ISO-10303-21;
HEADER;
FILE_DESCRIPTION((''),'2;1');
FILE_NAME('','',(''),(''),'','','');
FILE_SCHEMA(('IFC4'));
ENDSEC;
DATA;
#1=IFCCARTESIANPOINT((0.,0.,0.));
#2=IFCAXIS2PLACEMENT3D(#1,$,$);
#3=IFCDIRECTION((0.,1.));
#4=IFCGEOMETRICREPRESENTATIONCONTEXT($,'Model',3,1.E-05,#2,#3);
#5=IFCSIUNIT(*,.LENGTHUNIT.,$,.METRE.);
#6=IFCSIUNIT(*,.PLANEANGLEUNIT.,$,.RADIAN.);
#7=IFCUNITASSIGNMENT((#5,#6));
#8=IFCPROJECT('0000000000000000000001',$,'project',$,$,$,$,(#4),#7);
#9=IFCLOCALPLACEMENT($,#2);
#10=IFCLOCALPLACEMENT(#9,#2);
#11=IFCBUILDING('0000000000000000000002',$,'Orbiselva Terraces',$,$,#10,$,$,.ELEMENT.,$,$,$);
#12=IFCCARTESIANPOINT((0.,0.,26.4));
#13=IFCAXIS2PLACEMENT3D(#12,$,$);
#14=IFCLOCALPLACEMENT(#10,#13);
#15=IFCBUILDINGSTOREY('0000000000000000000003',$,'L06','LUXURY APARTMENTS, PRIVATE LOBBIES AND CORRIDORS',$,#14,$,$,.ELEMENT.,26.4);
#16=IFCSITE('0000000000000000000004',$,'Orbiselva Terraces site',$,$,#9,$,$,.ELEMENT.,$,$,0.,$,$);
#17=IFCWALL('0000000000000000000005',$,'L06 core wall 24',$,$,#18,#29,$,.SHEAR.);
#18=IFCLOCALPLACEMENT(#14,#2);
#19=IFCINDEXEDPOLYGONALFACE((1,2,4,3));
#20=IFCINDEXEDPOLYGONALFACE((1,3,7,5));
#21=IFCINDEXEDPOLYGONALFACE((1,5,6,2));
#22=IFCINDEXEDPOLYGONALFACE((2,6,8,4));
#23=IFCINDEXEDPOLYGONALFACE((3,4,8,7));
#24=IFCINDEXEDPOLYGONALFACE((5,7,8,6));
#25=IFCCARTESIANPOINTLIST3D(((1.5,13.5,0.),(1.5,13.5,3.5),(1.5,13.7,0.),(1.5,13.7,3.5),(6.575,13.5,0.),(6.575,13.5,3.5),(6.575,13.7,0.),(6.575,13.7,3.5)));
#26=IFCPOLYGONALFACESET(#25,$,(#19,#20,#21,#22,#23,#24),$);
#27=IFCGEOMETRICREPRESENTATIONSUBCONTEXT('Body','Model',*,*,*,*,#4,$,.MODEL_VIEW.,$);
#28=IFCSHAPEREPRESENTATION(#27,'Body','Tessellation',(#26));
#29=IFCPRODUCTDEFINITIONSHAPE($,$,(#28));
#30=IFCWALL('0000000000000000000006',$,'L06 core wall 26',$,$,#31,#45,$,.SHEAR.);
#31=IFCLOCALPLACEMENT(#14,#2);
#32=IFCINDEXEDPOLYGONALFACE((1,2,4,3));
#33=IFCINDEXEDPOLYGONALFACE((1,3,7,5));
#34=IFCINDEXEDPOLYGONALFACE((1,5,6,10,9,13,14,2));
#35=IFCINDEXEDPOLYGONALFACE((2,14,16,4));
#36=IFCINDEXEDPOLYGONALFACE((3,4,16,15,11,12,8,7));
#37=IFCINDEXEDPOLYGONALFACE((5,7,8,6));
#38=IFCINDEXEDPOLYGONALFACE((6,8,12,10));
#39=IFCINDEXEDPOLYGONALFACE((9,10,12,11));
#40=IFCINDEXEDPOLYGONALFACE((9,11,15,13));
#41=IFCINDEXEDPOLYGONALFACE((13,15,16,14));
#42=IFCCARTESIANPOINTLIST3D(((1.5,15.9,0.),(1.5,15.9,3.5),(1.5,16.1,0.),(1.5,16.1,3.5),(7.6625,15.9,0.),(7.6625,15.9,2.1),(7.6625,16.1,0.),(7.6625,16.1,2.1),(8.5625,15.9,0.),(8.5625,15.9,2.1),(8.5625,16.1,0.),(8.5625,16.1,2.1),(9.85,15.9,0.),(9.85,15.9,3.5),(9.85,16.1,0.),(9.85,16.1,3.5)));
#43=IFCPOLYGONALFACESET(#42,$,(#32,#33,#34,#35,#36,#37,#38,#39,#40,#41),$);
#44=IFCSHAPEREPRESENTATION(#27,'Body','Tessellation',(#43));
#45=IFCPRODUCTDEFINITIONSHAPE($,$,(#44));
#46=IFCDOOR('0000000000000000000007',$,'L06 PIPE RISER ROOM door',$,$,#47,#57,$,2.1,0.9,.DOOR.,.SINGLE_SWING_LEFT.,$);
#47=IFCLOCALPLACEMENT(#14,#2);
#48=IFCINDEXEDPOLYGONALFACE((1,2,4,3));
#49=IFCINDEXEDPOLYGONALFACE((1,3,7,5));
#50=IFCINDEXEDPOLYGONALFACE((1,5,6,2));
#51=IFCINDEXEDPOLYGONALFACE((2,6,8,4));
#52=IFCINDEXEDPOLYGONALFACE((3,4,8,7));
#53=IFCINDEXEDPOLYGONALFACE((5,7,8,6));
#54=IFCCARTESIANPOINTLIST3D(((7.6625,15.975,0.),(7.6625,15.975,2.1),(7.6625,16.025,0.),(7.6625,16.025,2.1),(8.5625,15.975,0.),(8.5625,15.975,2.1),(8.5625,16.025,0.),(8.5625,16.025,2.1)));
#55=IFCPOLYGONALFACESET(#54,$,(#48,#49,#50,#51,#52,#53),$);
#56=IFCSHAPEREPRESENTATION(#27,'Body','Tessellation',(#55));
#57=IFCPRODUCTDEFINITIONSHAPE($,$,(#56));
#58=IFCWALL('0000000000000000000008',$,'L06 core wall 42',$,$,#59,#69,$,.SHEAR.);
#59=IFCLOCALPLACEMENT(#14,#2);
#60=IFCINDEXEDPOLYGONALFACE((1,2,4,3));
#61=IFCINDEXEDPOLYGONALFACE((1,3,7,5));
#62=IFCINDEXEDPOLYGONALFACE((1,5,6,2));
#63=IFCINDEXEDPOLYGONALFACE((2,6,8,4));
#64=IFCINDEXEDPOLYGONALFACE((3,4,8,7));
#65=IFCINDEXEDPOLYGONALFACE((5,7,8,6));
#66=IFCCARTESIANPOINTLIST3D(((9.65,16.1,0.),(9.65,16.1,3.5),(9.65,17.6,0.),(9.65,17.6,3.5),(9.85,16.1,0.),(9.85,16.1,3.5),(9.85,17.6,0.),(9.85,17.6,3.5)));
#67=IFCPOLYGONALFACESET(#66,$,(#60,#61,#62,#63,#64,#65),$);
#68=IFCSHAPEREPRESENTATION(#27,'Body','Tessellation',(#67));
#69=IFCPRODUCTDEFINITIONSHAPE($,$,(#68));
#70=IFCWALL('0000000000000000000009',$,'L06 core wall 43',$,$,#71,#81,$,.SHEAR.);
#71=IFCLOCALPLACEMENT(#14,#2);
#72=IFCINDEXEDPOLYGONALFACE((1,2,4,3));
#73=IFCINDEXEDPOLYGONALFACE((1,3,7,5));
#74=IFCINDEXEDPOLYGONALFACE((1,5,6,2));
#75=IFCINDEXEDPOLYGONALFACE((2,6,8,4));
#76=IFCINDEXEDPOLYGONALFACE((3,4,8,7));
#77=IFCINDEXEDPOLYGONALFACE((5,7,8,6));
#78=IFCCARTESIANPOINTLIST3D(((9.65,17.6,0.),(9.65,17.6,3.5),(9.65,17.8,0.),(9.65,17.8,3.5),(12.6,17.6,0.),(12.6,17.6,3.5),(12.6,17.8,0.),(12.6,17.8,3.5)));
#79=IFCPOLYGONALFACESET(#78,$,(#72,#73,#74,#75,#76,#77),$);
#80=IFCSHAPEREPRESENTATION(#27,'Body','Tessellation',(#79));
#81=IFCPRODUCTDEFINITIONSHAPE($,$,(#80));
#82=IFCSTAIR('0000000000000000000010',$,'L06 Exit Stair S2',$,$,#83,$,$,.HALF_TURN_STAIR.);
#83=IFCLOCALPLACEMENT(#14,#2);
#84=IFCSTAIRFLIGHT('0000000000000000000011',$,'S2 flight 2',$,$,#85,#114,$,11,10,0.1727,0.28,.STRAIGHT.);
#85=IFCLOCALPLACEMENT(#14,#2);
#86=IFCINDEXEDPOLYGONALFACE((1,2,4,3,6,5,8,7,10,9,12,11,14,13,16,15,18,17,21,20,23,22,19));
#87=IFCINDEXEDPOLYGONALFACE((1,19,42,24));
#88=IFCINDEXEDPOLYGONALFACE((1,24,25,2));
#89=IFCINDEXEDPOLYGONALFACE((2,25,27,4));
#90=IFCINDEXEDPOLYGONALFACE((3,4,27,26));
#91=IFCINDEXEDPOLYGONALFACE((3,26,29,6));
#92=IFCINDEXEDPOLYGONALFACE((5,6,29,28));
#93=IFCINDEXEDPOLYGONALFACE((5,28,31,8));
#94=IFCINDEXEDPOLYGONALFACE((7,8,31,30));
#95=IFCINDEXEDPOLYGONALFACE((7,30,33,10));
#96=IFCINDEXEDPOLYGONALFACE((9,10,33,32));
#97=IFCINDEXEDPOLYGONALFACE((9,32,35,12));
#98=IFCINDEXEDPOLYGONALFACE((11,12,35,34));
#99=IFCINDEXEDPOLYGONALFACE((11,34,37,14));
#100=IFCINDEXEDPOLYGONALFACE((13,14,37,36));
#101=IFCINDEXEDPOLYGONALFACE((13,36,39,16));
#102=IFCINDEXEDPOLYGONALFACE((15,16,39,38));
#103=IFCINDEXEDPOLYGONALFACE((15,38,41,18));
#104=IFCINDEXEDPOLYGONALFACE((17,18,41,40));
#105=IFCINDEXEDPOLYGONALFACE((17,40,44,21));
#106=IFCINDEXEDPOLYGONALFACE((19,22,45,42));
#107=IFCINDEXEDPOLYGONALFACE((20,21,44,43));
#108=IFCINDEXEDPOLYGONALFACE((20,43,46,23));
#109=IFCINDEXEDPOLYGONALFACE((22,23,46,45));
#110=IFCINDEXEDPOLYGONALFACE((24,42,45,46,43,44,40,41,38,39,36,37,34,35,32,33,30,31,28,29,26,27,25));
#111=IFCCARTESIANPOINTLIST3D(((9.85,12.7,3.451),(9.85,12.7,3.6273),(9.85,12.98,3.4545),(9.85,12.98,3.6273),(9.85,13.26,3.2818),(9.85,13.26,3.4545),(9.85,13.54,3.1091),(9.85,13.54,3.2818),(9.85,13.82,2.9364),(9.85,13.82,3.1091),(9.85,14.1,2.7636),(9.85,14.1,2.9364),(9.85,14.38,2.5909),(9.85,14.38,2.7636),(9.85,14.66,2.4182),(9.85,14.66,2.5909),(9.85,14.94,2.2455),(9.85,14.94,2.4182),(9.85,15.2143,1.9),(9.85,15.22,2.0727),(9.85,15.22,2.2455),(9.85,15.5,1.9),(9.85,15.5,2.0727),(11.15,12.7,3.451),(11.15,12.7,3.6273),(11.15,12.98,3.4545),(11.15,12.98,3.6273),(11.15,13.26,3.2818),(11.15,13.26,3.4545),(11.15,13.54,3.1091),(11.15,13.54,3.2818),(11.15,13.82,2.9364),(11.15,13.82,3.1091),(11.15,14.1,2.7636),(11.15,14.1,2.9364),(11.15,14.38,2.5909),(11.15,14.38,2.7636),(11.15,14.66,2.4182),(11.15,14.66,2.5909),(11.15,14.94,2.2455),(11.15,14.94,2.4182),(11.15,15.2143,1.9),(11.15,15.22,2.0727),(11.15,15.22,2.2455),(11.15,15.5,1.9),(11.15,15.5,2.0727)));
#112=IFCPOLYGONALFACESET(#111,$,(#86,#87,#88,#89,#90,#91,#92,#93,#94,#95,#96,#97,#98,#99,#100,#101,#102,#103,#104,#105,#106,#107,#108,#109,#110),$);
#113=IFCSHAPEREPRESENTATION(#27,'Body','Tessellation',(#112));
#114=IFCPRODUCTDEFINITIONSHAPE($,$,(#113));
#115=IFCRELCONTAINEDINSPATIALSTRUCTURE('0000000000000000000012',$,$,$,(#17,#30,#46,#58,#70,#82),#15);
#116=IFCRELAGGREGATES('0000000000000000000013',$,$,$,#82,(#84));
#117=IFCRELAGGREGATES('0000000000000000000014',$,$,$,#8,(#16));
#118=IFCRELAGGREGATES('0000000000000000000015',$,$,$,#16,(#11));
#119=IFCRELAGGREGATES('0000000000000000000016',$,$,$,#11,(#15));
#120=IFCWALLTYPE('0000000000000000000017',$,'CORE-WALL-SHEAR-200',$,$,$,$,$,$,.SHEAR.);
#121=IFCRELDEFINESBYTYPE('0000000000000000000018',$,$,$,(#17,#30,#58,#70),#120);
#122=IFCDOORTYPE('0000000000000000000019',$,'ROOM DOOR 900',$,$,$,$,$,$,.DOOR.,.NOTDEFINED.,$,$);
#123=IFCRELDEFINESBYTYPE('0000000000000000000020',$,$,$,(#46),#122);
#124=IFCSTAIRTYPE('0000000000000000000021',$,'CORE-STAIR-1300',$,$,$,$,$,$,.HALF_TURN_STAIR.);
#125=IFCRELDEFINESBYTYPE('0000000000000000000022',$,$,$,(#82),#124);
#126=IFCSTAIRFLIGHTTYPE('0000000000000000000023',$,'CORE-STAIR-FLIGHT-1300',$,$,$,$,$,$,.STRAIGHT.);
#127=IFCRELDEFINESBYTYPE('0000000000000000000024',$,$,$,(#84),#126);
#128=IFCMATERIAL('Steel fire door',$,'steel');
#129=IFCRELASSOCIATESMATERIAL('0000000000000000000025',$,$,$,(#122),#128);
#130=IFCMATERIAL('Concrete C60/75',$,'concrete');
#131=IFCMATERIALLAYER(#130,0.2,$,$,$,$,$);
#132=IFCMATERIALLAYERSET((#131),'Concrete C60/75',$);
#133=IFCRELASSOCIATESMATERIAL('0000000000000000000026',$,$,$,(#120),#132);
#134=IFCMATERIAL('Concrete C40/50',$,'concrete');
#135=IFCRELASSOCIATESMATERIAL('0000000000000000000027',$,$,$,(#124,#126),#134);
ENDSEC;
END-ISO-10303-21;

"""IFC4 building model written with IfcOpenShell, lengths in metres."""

from ifc_helpers import new_model, si_unit, direction, frame, frame_2d, origin, place, context, subcontext, project, spatial, polyline, rectangle, outline, extrude, material, layer, layer_set, type_object, element, fill, aggregate, save


model = new_model("IFC4")

# Units and contexts
model_context = context("Model", 3, precision=1e-05, world=origin(), true_north=direction((0.0, 1.0)))
body_context = subcontext(model_context, "Body", "Model", "MODEL_VIEW")
ifc_project = project(units=[si_unit("LENGTHUNIT", "METRE"), si_unit("PLANEANGLEUNIT", "RADIAN")], contexts=[model_context])

# Site, building, storey
site_placement = place(None, origin())
site = spatial("IfcSite", under=ifc_project, at=site_placement, Name="Orbiselva Terraces site", CompositionType="ELEMENT", RefElevation=0.0)
building_placement = place(site_placement, origin())
building = spatial("IfcBuilding", under=site, at=building_placement, Name="Orbiselva Terraces", CompositionType="ELEMENT")
storey_placement = place(building_placement, frame((0.0, 0.0, 26.4)))
storey = spatial("IfcBuildingStorey", under=building, at=storey_placement, Name="L06", Description="LUXURY APARTMENTS, PRIVATE LOBBIES AND CORRIDORS", CompositionType="ELEMENT", Elevation=26.4)

# Shared definitions
ifc_material_1 = material(Name="Steel fire door", Category="steel")
door_type = type_object("IfcDoorType", Name="ROOM DOOR 900", OperationType="NOTDEFINED", PredefinedType="DOOR", material=ifc_material_1)

# Shared definitions
ifc_material_2 = material(Name="Concrete C40/50", Category="concrete")

# Shared definitions
ifc_material_3 = material(Name="Concrete C60/75", Category="concrete")
ifc_layer_1 = layer(ifc_material_3, 0.2)
ifc_layer_set_1 = layer_set([ifc_layer_1], Name="Concrete C60/75")
wall_type_1 = type_object("IfcWallType", Name="CORE-WALL-SHEAR-200", PredefinedType="SHEAR", material=ifc_layer_set_1)

# Wall
wall_1_placement = place(storey_placement, frame((1.5, 13.6, 0.0), z_axis=(0.0, 0.0, 1.0), x_axis=(1.0, 0.0, 0.0)))
element("IfcWall", 1, at=wall_1_placement, inside=storey, type_object=wall_type_1, Name="L06 core wall 24", PredefinedType="SHEAR", context=body_context, shape_type="SweptSolid", body=[
    extrude(rectangle(XDim=5.075, YDim=0.2, at=frame_2d((2.5375, 0.0))), origin(), (0.0, 0.0, 1.0), 3.5),
])

# Wall, opening, door
wall_2_placement = place(storey_placement, frame((9.85, 16.0, 0.0), z_axis=(0.0, 0.0, 1.0), x_axis=(-1.0, 0.0, 0.0)))
wall_2 = element("IfcWall", 2, at=wall_2_placement, inside=storey, type_object=wall_type_1, Name="L06 core wall 26", PredefinedType="SHEAR", context=body_context, shape_type="SweptSolid", body=[
    extrude(rectangle(XDim=8.35, YDim=0.2, at=frame_2d((4.175, 0.0))), origin(), (0.0, 0.0, 1.0), 3.5),
])
opening_1_placement = place(wall_2_placement, frame((1.2875, 0.0, 0.0)))
opening_1 = element("IfcOpeningElement", 3, at=opening_1_placement, cuts=wall_2, PredefinedType="OPENING", context=body_context, shape_type="SweptSolid", body=[
    extrude(rectangle(XDim=0.9, YDim=2.1, at=frame_2d((0.45, 1.05))), frame((0.0, 0.11, 0.0), z_axis=(0.0, -1.0, 0.0), x_axis=(1.0, 0.0, 0.0)), (0.0, 0.0, 1.0), 0.22),
])
door_1_placement = place(opening_1_placement, origin())
door_1 = element("IfcDoor", 4, at=door_1_placement, inside=storey, type_object=door_type, Name="L06 PIPE RISER ROOM door", OperationType="SINGLE_SWING_LEFT", OverallHeight=2.1, OverallWidth=0.9, PredefinedType="DOOR", context=body_context, shape_type="SweptSolid", body=[
    extrude(rectangle(XDim=0.9, YDim=2.1, at=frame_2d((0.45, 1.05))), frame((0.0, 0.025, 0.0), z_axis=(0.0, -1.0, 0.0), x_axis=(1.0, 0.0, 0.0)), (0.0, 0.0, 1.0), 0.05),
])
fill(opening_1, door_1)

# Walls
wall_3_placement = place(storey_placement, frame((9.75, 16.1, 0.0), z_axis=(0.0, 0.0, 1.0), x_axis=(0.0, 1.0, 0.0)))
element("IfcWall", 5, at=wall_3_placement, inside=storey, type_object=wall_type_1, Name="L06 core wall 42", PredefinedType="SHEAR", context=body_context, shape_type="SweptSolid", body=[
    extrude(rectangle(XDim=1.5, YDim=0.2, at=frame_2d((0.75, 0.0))), origin(), (0.0, 0.0, 1.0), 3.5),
])
wall_4_placement = place(storey_placement, frame((9.65, 17.7, 0.0), z_axis=(0.0, 0.0, 1.0), x_axis=(1.0, 0.0, 0.0)))
element("IfcWall", 6, at=wall_4_placement, inside=storey, type_object=wall_type_1, Name="L06 core wall 43", PredefinedType="SHEAR", context=body_context, shape_type="SweptSolid", body=[
    extrude(rectangle(XDim=2.95, YDim=0.2, at=frame_2d((1.475, 0.0))), origin(), (0.0, 0.0, 1.0), 3.5),
])

# Stair, stair flight
stair_type = type_object("IfcStairType", Name="CORE-STAIR-1300", PredefinedType="HALF_TURN_STAIR", material=ifc_material_2)
stair_placement = place(storey_placement, origin())
stair = element("IfcStair", 7, at=stair_placement, inside=storey, type_object=stair_type, Name="L06 Exit Stair S2", PredefinedType="HALF_TURN_STAIR")
stair_flight_type = type_object("IfcStairFlightType", Name="CORE-STAIR-FLIGHT-1300", PredefinedType="STRAIGHT", material=ifc_material_2)
stair_flight_placement = place(storey_placement, frame((10.5, 15.5, 1.9), z_axis=(0.0, 0.0, 1.0), x_axis=(0.0, -1.0, 0.0)))
stair_flight = element("IfcStairFlight", 8, at=stair_flight_placement, type_object=stair_flight_type, Name="S2 flight 2", NumberOfRisers=11, NumberOfTreads=10, PredefinedType="STRAIGHT", RiserHeight=0.1727, TreadLength=0.28, context=body_context, shape_type="SweptSolid", body=[
    extrude(outline(polyline([(0.0, 0.0), (0.0, 0.1727), (0.28, 0.1727), (0.28, 0.3455), (0.56, 0.3455), (0.56, 0.5182), (0.84, 0.5182), (0.84, 0.6909), (1.12, 0.6909), (1.12, 0.8636), (1.4, 0.8636), (1.4, 1.0364), (1.68, 1.0364), (1.68, 1.2091), (1.96, 1.2091), (1.96, 1.3818), (2.24, 1.3818), (2.24, 1.5545), (2.52, 1.5545), (2.52, 1.7273), (2.8, 1.7273), (2.8, 1.9), (2.8, 1.551), (0.2857, 0.0), (0.0, 0.0)])), frame((0.0, 0.65, 0.0), z_axis=(0.0, -1.0, 0.0), x_axis=(1.0, 0.0, 0.0)), (0.0, 0.0, 1.0), 1.3),
])
aggregate(stair, [stair_flight])

save(model, "model.ifc")
